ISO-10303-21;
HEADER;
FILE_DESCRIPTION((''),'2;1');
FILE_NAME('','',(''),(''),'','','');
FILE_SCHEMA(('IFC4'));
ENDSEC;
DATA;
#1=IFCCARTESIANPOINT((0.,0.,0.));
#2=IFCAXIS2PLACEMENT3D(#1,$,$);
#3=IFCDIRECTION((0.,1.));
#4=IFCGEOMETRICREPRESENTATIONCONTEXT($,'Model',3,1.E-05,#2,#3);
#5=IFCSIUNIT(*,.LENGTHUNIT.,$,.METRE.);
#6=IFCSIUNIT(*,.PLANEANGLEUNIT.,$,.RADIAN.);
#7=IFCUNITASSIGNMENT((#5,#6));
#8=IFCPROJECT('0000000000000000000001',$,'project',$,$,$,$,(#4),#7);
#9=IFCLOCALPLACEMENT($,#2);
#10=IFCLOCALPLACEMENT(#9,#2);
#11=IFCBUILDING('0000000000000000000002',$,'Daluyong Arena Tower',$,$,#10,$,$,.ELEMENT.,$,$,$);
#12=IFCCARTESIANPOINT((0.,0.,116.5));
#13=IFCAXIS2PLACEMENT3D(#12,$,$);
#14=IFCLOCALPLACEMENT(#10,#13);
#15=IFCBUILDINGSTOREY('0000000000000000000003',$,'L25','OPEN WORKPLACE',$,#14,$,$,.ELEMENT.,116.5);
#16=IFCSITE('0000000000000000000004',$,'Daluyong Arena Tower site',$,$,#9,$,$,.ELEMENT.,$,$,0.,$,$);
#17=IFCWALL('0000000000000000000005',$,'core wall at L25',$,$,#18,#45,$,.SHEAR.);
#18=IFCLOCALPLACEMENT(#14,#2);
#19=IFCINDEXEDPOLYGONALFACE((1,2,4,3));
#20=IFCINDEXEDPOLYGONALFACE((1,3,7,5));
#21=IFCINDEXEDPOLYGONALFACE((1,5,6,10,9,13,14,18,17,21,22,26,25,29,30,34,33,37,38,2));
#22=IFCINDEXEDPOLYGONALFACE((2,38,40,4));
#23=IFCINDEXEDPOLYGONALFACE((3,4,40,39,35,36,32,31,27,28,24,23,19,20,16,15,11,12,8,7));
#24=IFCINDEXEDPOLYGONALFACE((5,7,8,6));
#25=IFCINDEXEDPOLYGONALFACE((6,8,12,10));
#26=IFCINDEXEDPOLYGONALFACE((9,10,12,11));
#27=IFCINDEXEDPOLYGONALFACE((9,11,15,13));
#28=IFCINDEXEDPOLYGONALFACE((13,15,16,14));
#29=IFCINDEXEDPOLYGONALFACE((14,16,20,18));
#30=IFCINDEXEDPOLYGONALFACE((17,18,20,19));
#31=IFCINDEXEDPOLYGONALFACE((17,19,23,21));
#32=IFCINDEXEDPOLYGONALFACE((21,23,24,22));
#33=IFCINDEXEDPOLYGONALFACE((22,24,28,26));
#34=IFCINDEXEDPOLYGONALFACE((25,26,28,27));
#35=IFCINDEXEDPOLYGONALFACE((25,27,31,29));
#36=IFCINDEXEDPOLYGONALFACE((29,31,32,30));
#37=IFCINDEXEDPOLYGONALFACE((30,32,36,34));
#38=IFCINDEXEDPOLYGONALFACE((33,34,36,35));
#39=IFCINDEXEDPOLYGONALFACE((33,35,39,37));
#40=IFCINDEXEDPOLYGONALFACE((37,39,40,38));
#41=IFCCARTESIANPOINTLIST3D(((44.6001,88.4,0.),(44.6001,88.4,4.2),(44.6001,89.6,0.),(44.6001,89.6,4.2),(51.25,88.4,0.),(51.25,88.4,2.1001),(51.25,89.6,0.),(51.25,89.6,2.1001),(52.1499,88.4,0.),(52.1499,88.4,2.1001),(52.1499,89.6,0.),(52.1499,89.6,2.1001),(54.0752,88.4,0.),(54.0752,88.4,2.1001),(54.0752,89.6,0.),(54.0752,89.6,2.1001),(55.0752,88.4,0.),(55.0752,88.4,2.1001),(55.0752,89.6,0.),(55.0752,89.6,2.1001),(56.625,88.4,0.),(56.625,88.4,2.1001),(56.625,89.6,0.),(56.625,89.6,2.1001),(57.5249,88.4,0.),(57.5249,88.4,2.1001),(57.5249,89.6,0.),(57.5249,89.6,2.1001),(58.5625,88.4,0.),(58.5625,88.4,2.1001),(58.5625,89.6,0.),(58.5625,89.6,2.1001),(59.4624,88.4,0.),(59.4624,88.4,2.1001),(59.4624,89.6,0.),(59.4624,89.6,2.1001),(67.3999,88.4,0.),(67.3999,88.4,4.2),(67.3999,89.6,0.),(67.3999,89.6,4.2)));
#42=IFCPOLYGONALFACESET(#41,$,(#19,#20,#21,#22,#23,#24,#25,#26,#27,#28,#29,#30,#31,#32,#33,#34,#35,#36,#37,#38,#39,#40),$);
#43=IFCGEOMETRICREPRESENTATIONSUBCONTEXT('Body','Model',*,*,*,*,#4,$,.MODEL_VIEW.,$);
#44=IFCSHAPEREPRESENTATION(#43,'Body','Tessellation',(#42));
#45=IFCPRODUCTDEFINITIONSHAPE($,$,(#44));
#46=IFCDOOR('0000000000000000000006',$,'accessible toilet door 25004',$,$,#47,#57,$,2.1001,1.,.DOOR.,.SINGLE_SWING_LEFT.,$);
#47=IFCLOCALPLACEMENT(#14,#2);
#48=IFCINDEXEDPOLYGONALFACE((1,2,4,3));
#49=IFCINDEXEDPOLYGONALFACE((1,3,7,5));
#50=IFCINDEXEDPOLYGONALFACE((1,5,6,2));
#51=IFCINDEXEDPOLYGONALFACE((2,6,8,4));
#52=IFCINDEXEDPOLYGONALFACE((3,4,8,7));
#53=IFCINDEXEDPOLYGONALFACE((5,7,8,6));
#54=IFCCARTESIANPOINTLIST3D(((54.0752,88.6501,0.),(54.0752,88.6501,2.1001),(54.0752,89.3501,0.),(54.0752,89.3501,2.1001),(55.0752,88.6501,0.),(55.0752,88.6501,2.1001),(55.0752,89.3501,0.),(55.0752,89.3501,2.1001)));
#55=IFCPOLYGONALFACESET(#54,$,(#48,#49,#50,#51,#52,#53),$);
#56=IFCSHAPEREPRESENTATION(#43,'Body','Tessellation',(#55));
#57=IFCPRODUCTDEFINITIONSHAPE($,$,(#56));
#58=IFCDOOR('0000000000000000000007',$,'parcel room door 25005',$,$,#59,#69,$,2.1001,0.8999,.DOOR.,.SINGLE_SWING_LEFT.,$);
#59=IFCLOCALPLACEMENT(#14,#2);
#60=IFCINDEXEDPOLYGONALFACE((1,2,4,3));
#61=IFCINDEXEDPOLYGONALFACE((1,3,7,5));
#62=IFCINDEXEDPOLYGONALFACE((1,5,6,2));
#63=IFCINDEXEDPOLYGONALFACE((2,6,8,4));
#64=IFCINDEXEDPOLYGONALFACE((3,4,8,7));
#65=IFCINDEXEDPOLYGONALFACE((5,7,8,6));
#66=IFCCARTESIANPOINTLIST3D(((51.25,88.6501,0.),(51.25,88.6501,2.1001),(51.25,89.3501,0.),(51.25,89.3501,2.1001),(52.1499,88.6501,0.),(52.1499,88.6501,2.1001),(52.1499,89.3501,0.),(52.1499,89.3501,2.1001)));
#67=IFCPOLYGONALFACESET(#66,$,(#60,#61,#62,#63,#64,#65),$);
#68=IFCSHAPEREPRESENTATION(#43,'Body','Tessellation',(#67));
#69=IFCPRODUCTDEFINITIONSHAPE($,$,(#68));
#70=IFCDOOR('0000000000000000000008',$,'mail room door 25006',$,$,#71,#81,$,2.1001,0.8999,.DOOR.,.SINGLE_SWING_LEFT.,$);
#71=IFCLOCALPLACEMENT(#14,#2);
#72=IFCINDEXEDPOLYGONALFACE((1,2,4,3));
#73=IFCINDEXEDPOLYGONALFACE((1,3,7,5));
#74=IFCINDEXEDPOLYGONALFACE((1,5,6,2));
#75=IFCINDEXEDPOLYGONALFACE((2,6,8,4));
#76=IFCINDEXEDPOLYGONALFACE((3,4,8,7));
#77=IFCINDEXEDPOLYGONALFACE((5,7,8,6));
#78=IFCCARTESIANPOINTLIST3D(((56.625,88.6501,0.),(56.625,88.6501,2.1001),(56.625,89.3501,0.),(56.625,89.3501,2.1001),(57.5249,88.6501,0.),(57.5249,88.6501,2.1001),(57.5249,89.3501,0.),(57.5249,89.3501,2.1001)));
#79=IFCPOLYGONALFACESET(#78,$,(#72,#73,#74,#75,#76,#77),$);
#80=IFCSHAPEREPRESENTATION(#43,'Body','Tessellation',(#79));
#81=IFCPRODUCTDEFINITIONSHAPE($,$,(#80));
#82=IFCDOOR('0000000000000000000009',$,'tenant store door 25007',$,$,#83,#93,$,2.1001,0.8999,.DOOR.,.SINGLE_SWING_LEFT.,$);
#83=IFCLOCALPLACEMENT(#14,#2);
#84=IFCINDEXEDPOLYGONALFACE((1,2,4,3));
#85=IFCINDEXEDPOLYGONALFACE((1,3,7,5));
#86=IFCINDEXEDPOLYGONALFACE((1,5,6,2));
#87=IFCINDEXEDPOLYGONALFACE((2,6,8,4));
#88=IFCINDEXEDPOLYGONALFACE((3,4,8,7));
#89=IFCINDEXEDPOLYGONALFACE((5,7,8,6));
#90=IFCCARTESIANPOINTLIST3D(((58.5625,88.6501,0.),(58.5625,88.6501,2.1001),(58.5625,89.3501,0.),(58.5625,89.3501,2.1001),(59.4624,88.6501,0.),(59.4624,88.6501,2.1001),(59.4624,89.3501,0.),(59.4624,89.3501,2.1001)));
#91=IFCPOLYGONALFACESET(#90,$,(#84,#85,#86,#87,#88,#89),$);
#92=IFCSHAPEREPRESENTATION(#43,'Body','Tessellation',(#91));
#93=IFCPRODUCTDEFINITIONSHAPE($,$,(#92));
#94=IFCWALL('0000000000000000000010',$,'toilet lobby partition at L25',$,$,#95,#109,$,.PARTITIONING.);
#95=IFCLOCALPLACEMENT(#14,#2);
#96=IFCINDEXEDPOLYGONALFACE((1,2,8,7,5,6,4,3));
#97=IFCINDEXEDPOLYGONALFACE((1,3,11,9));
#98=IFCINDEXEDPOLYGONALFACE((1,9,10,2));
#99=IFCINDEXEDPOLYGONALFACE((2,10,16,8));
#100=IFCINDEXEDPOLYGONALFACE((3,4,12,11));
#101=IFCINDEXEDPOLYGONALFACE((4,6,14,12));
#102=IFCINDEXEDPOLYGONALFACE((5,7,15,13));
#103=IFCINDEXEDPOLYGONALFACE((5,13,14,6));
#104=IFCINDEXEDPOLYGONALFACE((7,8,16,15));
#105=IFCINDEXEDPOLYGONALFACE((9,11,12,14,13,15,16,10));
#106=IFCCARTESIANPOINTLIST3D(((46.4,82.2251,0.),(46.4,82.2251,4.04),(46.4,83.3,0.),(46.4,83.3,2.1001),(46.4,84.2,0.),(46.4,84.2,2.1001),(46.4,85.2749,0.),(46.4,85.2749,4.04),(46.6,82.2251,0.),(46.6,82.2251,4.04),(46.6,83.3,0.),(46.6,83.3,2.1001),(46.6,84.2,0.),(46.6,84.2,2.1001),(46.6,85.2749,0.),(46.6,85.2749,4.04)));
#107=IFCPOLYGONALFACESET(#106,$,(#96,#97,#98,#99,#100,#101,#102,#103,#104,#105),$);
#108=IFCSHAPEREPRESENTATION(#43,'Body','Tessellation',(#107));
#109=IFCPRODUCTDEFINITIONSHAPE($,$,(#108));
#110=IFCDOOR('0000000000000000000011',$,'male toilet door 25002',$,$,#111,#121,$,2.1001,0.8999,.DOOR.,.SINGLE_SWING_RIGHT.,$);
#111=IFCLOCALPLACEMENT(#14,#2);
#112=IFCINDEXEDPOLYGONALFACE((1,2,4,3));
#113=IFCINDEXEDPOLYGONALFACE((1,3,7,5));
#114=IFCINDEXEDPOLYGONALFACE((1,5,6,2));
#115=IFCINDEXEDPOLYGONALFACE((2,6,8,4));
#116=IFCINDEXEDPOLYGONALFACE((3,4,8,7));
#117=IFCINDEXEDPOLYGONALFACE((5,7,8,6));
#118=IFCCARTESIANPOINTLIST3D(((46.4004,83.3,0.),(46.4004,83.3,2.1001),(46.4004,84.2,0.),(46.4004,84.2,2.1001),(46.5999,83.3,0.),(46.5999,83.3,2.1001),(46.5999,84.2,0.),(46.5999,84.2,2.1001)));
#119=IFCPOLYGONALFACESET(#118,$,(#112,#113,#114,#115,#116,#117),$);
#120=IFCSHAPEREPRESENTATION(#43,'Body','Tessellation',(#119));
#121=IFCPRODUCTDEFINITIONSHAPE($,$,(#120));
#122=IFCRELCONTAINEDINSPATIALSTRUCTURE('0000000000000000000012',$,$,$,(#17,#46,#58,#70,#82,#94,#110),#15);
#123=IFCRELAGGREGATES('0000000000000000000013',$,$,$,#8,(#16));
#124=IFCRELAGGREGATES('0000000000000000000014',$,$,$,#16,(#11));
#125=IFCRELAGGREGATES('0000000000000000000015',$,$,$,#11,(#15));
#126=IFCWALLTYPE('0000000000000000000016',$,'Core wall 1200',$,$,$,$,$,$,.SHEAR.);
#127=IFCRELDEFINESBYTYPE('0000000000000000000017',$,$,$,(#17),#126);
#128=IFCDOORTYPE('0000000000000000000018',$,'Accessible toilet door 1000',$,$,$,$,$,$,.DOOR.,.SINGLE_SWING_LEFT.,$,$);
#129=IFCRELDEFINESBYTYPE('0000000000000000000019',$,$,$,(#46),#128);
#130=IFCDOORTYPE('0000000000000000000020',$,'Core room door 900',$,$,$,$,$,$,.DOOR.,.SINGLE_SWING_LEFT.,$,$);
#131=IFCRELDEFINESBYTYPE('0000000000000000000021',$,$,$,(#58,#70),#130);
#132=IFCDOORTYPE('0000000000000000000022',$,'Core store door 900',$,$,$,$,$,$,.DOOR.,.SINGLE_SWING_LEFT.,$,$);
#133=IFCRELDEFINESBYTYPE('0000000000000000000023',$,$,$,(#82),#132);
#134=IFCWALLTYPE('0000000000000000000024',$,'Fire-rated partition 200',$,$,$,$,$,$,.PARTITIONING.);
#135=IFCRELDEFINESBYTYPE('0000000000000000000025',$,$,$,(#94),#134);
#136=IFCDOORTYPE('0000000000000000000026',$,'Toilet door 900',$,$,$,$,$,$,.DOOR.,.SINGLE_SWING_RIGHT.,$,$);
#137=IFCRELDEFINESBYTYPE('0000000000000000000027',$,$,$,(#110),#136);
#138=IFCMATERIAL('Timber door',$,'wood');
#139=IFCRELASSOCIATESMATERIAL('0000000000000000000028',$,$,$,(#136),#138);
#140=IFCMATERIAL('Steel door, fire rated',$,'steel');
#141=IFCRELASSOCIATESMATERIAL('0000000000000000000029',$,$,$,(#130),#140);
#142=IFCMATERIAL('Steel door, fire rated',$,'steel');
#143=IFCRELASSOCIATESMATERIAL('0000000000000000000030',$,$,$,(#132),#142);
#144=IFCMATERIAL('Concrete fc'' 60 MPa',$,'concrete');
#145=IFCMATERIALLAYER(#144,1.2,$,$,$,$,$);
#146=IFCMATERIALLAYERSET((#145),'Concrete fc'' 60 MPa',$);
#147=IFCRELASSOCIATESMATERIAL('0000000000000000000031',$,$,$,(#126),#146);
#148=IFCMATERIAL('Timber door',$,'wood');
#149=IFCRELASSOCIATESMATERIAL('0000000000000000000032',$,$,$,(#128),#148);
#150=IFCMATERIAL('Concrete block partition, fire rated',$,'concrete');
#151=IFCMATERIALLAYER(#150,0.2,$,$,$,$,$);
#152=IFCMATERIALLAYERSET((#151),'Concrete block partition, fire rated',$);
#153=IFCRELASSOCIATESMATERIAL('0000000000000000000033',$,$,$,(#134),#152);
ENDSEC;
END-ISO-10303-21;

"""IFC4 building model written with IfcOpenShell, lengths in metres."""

from ifc_helpers import new_model, si_unit, direction, frame, frame_2d, origin, place, context, subcontext, project, spatial, rectangle, extrude, material, layer, layer_set, type_object, element, fill, save


model = new_model("IFC4")

# Units and contexts
model_context = context("Model", 3, precision=1e-05, world=origin(), true_north=direction((0.0, 1.0)))
body_context = subcontext(model_context, "Body", "Model", "MODEL_VIEW")
ifc_project = project(units=[si_unit("LENGTHUNIT", "METRE"), si_unit("PLANEANGLEUNIT", "RADIAN")], contexts=[model_context])

# Site, building, storey
site_placement = place(None, origin())
site = spatial("IfcSite", under=ifc_project, at=site_placement, Name="Daluyong Arena Tower site", CompositionType="ELEMENT", RefElevation=0.0)
building_placement = place(site_placement, origin())
building = spatial("IfcBuilding", under=site, at=building_placement, Name="Daluyong Arena Tower", CompositionType="ELEMENT")
storey_placement = place(building_placement, frame((0.0, 0.0, 116.5)))
storey = spatial("IfcBuildingStorey", under=building, at=storey_placement, Name="L25", Description="OPEN WORKPLACE", CompositionType="ELEMENT", Elevation=116.5)

# Shared definitions
ifc_material_1 = material(Name="Timber door", Category="wood")
door_type_1 = type_object("IfcDoorType", Name="Toilet door 900", OperationType="SINGLE_SWING_RIGHT", PredefinedType="DOOR", material=ifc_material_1)

# Wall, openings, doors
ifc_material_2 = material(Name="Steel door, fire rated", Category="steel")
door_type_2 = type_object("IfcDoorType", Name="Core room door 900", OperationType="SINGLE_SWING_LEFT", PredefinedType="DOOR", material=ifc_material_2)
ifc_material_3 = material(Name="Steel door, fire rated", Category="steel")
door_type_3 = type_object("IfcDoorType", Name="Core store door 900", OperationType="SINGLE_SWING_LEFT", PredefinedType="DOOR", material=ifc_material_3)
ifc_material_4 = material(Name="Concrete fc' 60 MPa", Category="concrete")
ifc_layer_1 = layer(ifc_material_4, 1.2)
ifc_layer_set_1 = layer_set([ifc_layer_1], Name="Concrete fc' 60 MPa")
wall_type_1 = type_object("IfcWallType", Name="Core wall 1200", PredefinedType="SHEAR", material=ifc_layer_set_1)
wall_1_placement = place(storey_placement, frame((44.6001, 89.0, 0.0), z_axis=(0.0, 0.0, 1.0), x_axis=(1.0, 0.0, 0.0)))
wall_1 = element("IfcWall", 1, at=wall_1_placement, inside=storey, type_object=wall_type_1, Name="core wall at L25", PredefinedType="SHEAR", context=body_context, shape_type="SweptSolid", body=[
    extrude(rectangle(XDim=22.7998, YDim=1.2, at=frame_2d((11.3999, 0.0))), origin(), (0.0, 0.0, 1.0), 4.2),
])
opening_1_placement = place(wall_1_placement, frame((9.4751, 0.0, 0.0)))
opening_1 = element("IfcOpeningElement", 2, at=opening_1_placement, cuts=wall_1, PredefinedType="OPENING", context=body_context, shape_type="SweptSolid", body=[
    extrude(rectangle(XDim=1.0, YDim=2.1001, at=frame_2d((0.5, 1.05))), frame((0.0, 0.6099, 0.0), z_axis=(0.0, -1.0, 0.0), x_axis=(1.0, 0.0, 0.0)), (0.0, 0.0, 1.0), 1.22),
])
opening_2_placement = place(wall_1_placement, frame((6.6499, 0.0, 0.0)))
opening_2 = element("IfcOpeningElement", 3, at=opening_2_placement, cuts=wall_1, PredefinedType="OPENING", context=body_context, shape_type="SweptSolid", body=[
    extrude(rectangle(XDim=0.8999, YDim=2.1001, at=frame_2d((0.45, 1.05))), frame((0.0, 0.6099, 0.0), z_axis=(0.0, -1.0, 0.0), x_axis=(1.0, 0.0, 0.0)), (0.0, 0.0, 1.0), 1.22),
])
opening_3_placement = place(wall_1_placement, frame((12.0249, 0.0, 0.0)))
opening_3 = element("IfcOpeningElement", 4, at=opening_3_placement, cuts=wall_1, PredefinedType="OPENING", context=body_context, shape_type="SweptSolid", body=[
    extrude(rectangle(XDim=0.8999, YDim=2.1001, at=frame_2d((0.45, 1.05))), frame((0.0, 0.6099, 0.0), z_axis=(0.0, -1.0, 0.0), x_axis=(1.0, 0.0, 0.0)), (0.0, 0.0, 1.0), 1.22),
])
opening_4_placement = place(wall_1_placement, frame((13.9624, 0.0, 0.0)))
opening_4 = element("IfcOpeningElement", 5, at=opening_4_placement, cuts=wall_1, PredefinedType="OPENING", context=body_context, shape_type="SweptSolid", body=[
    extrude(rectangle(XDim=0.8999, YDim=2.1001, at=frame_2d((0.45, 1.05))), frame((0.0, 0.6099, 0.0), z_axis=(0.0, -1.0, 0.0), x_axis=(1.0, 0.0, 0.0)), (0.0, 0.0, 1.0), 1.22),
])
ifc_material_5 = material(Name="Timber door", Category="wood")
door_type_4 = type_object("IfcDoorType", Name="Accessible toilet door 1000", OperationType="SINGLE_SWING_LEFT", PredefinedType="DOOR", material=ifc_material_5)
door_1_placement = place(opening_1_placement, origin())
door_1 = element("IfcDoor", 6, at=door_1_placement, inside=storey, type_object=door_type_4, Name="accessible toilet door 25004", OperationType="SINGLE_SWING_LEFT", OverallHeight=2.1001, OverallWidth=1.0, PredefinedType="DOOR", context=body_context, shape_type="SweptSolid", body=[
    extrude(rectangle(XDim=1.0, YDim=2.1001, at=frame_2d((0.5, 1.05))), frame((0.0, 0.3501, 0.0), z_axis=(0.0, -1.0, 0.0), x_axis=(1.0, 0.0, 0.0)), (0.0, 0.0, 1.0), 0.7),
])
fill(opening_1, door_1)
door_2_placement = place(opening_2_placement, origin())
door_2 = element("IfcDoor", 7, at=door_2_placement, inside=storey, type_object=door_type_2, Name="parcel room door 25005", OperationType="SINGLE_SWING_LEFT", OverallHeight=2.1001, OverallWidth=0.8999, PredefinedType="DOOR", context=body_context, shape_type="SweptSolid", body=[
    extrude(rectangle(XDim=0.8999, YDim=2.1001, at=frame_2d((0.45, 1.05))), frame((0.0, 0.3501, 0.0), z_axis=(0.0, -1.0, 0.0), x_axis=(1.0, 0.0, 0.0)), (0.0, 0.0, 1.0), 0.7),
])
fill(opening_2, door_2)
door_3_placement = place(opening_3_placement, origin())
door_3 = element("IfcDoor", 8, at=door_3_placement, inside=storey, type_object=door_type_2, Name="mail room door 25006", OperationType="SINGLE_SWING_LEFT", OverallHeight=2.1001, OverallWidth=0.8999, PredefinedType="DOOR", context=body_context, shape_type="SweptSolid", body=[
    extrude(rectangle(XDim=0.8999, YDim=2.1001, at=frame_2d((0.45, 1.05))), frame((0.0, 0.3501, 0.0), z_axis=(0.0, -1.0, 0.0), x_axis=(1.0, 0.0, 0.0)), (0.0, 0.0, 1.0), 0.7),
])
fill(opening_3, door_3)
door_4_placement = place(opening_4_placement, origin())
door_4 = element("IfcDoor", 9, at=door_4_placement, inside=storey, type_object=door_type_3, Name="tenant store door 25007", OperationType="SINGLE_SWING_LEFT", OverallHeight=2.1001, OverallWidth=0.8999, PredefinedType="DOOR", context=body_context, shape_type="SweptSolid", body=[
    extrude(rectangle(XDim=0.8999, YDim=2.1001, at=frame_2d((0.45, 1.05))), frame((0.0, 0.3501, 0.0), z_axis=(0.0, -1.0, 0.0), x_axis=(1.0, 0.0, 0.0)), (0.0, 0.0, 1.0), 0.7),
])
fill(opening_4, door_4)

# Wall, opening, door
ifc_material_6 = material(Name="Concrete block partition, fire rated", Category="concrete")
ifc_layer_2 = layer(ifc_material_6, 0.2)
ifc_layer_set_2 = layer_set([ifc_layer_2], Name="Concrete block partition, fire rated")
wall_type_2 = type_object("IfcWallType", Name="Fire-rated partition 200", PredefinedType="PARTITIONING", material=ifc_layer_set_2)
wall_2_placement = place(storey_placement, frame((46.5, 82.2251, 0.0), z_axis=(0.0, 0.0, 1.0), x_axis=(0.0, 1.0, 0.0)))
wall_2 = element("IfcWall", 10, at=wall_2_placement, inside=storey, type_object=wall_type_2, Name="toilet lobby partition at L25", PredefinedType="PARTITIONING", context=body_context, shape_type="SweptSolid", body=[
    extrude(rectangle(XDim=3.0498, YDim=0.2, at=frame_2d((1.5249, 0.0))), origin(), (0.0, 0.0, 1.0), 4.04),
])
opening_5_placement = place(wall_2_placement, frame((1.075, 0.0, 0.0)))
opening_5 = element("IfcOpeningElement", 11, at=opening_5_placement, cuts=wall_2, PredefinedType="OPENING", context=body_context, shape_type="SweptSolid", body=[
    extrude(rectangle(XDim=0.8999, YDim=2.1001, at=frame_2d((0.45, 1.05))), frame((0.0, 0.1099, 0.0), z_axis=(0.0, -1.0, 0.0), x_axis=(1.0, 0.0, 0.0)), (0.0, 0.0, 1.0), 0.22),
])
door_5_placement = place(opening_5_placement, origin())
door_5 = element("IfcDoor", 12, at=door_5_placement, inside=storey, type_object=door_type_1, Name="male toilet door 25002", OperationType="SINGLE_SWING_RIGHT", OverallHeight=2.1001, OverallWidth=0.8999, PredefinedType="DOOR", context=body_context, shape_type="SweptSolid", body=[
    extrude(rectangle(XDim=0.8999, YDim=2.1001, at=frame_2d((0.45, 1.05))), frame((0.0, 0.0996, 0.0), z_axis=(0.0, -1.0, 0.0), x_axis=(1.0, 0.0, 0.0)), (0.0, 0.0, 1.0), 0.1995),
])
fill(opening_5, door_5)

save(model, "model.ifc")
